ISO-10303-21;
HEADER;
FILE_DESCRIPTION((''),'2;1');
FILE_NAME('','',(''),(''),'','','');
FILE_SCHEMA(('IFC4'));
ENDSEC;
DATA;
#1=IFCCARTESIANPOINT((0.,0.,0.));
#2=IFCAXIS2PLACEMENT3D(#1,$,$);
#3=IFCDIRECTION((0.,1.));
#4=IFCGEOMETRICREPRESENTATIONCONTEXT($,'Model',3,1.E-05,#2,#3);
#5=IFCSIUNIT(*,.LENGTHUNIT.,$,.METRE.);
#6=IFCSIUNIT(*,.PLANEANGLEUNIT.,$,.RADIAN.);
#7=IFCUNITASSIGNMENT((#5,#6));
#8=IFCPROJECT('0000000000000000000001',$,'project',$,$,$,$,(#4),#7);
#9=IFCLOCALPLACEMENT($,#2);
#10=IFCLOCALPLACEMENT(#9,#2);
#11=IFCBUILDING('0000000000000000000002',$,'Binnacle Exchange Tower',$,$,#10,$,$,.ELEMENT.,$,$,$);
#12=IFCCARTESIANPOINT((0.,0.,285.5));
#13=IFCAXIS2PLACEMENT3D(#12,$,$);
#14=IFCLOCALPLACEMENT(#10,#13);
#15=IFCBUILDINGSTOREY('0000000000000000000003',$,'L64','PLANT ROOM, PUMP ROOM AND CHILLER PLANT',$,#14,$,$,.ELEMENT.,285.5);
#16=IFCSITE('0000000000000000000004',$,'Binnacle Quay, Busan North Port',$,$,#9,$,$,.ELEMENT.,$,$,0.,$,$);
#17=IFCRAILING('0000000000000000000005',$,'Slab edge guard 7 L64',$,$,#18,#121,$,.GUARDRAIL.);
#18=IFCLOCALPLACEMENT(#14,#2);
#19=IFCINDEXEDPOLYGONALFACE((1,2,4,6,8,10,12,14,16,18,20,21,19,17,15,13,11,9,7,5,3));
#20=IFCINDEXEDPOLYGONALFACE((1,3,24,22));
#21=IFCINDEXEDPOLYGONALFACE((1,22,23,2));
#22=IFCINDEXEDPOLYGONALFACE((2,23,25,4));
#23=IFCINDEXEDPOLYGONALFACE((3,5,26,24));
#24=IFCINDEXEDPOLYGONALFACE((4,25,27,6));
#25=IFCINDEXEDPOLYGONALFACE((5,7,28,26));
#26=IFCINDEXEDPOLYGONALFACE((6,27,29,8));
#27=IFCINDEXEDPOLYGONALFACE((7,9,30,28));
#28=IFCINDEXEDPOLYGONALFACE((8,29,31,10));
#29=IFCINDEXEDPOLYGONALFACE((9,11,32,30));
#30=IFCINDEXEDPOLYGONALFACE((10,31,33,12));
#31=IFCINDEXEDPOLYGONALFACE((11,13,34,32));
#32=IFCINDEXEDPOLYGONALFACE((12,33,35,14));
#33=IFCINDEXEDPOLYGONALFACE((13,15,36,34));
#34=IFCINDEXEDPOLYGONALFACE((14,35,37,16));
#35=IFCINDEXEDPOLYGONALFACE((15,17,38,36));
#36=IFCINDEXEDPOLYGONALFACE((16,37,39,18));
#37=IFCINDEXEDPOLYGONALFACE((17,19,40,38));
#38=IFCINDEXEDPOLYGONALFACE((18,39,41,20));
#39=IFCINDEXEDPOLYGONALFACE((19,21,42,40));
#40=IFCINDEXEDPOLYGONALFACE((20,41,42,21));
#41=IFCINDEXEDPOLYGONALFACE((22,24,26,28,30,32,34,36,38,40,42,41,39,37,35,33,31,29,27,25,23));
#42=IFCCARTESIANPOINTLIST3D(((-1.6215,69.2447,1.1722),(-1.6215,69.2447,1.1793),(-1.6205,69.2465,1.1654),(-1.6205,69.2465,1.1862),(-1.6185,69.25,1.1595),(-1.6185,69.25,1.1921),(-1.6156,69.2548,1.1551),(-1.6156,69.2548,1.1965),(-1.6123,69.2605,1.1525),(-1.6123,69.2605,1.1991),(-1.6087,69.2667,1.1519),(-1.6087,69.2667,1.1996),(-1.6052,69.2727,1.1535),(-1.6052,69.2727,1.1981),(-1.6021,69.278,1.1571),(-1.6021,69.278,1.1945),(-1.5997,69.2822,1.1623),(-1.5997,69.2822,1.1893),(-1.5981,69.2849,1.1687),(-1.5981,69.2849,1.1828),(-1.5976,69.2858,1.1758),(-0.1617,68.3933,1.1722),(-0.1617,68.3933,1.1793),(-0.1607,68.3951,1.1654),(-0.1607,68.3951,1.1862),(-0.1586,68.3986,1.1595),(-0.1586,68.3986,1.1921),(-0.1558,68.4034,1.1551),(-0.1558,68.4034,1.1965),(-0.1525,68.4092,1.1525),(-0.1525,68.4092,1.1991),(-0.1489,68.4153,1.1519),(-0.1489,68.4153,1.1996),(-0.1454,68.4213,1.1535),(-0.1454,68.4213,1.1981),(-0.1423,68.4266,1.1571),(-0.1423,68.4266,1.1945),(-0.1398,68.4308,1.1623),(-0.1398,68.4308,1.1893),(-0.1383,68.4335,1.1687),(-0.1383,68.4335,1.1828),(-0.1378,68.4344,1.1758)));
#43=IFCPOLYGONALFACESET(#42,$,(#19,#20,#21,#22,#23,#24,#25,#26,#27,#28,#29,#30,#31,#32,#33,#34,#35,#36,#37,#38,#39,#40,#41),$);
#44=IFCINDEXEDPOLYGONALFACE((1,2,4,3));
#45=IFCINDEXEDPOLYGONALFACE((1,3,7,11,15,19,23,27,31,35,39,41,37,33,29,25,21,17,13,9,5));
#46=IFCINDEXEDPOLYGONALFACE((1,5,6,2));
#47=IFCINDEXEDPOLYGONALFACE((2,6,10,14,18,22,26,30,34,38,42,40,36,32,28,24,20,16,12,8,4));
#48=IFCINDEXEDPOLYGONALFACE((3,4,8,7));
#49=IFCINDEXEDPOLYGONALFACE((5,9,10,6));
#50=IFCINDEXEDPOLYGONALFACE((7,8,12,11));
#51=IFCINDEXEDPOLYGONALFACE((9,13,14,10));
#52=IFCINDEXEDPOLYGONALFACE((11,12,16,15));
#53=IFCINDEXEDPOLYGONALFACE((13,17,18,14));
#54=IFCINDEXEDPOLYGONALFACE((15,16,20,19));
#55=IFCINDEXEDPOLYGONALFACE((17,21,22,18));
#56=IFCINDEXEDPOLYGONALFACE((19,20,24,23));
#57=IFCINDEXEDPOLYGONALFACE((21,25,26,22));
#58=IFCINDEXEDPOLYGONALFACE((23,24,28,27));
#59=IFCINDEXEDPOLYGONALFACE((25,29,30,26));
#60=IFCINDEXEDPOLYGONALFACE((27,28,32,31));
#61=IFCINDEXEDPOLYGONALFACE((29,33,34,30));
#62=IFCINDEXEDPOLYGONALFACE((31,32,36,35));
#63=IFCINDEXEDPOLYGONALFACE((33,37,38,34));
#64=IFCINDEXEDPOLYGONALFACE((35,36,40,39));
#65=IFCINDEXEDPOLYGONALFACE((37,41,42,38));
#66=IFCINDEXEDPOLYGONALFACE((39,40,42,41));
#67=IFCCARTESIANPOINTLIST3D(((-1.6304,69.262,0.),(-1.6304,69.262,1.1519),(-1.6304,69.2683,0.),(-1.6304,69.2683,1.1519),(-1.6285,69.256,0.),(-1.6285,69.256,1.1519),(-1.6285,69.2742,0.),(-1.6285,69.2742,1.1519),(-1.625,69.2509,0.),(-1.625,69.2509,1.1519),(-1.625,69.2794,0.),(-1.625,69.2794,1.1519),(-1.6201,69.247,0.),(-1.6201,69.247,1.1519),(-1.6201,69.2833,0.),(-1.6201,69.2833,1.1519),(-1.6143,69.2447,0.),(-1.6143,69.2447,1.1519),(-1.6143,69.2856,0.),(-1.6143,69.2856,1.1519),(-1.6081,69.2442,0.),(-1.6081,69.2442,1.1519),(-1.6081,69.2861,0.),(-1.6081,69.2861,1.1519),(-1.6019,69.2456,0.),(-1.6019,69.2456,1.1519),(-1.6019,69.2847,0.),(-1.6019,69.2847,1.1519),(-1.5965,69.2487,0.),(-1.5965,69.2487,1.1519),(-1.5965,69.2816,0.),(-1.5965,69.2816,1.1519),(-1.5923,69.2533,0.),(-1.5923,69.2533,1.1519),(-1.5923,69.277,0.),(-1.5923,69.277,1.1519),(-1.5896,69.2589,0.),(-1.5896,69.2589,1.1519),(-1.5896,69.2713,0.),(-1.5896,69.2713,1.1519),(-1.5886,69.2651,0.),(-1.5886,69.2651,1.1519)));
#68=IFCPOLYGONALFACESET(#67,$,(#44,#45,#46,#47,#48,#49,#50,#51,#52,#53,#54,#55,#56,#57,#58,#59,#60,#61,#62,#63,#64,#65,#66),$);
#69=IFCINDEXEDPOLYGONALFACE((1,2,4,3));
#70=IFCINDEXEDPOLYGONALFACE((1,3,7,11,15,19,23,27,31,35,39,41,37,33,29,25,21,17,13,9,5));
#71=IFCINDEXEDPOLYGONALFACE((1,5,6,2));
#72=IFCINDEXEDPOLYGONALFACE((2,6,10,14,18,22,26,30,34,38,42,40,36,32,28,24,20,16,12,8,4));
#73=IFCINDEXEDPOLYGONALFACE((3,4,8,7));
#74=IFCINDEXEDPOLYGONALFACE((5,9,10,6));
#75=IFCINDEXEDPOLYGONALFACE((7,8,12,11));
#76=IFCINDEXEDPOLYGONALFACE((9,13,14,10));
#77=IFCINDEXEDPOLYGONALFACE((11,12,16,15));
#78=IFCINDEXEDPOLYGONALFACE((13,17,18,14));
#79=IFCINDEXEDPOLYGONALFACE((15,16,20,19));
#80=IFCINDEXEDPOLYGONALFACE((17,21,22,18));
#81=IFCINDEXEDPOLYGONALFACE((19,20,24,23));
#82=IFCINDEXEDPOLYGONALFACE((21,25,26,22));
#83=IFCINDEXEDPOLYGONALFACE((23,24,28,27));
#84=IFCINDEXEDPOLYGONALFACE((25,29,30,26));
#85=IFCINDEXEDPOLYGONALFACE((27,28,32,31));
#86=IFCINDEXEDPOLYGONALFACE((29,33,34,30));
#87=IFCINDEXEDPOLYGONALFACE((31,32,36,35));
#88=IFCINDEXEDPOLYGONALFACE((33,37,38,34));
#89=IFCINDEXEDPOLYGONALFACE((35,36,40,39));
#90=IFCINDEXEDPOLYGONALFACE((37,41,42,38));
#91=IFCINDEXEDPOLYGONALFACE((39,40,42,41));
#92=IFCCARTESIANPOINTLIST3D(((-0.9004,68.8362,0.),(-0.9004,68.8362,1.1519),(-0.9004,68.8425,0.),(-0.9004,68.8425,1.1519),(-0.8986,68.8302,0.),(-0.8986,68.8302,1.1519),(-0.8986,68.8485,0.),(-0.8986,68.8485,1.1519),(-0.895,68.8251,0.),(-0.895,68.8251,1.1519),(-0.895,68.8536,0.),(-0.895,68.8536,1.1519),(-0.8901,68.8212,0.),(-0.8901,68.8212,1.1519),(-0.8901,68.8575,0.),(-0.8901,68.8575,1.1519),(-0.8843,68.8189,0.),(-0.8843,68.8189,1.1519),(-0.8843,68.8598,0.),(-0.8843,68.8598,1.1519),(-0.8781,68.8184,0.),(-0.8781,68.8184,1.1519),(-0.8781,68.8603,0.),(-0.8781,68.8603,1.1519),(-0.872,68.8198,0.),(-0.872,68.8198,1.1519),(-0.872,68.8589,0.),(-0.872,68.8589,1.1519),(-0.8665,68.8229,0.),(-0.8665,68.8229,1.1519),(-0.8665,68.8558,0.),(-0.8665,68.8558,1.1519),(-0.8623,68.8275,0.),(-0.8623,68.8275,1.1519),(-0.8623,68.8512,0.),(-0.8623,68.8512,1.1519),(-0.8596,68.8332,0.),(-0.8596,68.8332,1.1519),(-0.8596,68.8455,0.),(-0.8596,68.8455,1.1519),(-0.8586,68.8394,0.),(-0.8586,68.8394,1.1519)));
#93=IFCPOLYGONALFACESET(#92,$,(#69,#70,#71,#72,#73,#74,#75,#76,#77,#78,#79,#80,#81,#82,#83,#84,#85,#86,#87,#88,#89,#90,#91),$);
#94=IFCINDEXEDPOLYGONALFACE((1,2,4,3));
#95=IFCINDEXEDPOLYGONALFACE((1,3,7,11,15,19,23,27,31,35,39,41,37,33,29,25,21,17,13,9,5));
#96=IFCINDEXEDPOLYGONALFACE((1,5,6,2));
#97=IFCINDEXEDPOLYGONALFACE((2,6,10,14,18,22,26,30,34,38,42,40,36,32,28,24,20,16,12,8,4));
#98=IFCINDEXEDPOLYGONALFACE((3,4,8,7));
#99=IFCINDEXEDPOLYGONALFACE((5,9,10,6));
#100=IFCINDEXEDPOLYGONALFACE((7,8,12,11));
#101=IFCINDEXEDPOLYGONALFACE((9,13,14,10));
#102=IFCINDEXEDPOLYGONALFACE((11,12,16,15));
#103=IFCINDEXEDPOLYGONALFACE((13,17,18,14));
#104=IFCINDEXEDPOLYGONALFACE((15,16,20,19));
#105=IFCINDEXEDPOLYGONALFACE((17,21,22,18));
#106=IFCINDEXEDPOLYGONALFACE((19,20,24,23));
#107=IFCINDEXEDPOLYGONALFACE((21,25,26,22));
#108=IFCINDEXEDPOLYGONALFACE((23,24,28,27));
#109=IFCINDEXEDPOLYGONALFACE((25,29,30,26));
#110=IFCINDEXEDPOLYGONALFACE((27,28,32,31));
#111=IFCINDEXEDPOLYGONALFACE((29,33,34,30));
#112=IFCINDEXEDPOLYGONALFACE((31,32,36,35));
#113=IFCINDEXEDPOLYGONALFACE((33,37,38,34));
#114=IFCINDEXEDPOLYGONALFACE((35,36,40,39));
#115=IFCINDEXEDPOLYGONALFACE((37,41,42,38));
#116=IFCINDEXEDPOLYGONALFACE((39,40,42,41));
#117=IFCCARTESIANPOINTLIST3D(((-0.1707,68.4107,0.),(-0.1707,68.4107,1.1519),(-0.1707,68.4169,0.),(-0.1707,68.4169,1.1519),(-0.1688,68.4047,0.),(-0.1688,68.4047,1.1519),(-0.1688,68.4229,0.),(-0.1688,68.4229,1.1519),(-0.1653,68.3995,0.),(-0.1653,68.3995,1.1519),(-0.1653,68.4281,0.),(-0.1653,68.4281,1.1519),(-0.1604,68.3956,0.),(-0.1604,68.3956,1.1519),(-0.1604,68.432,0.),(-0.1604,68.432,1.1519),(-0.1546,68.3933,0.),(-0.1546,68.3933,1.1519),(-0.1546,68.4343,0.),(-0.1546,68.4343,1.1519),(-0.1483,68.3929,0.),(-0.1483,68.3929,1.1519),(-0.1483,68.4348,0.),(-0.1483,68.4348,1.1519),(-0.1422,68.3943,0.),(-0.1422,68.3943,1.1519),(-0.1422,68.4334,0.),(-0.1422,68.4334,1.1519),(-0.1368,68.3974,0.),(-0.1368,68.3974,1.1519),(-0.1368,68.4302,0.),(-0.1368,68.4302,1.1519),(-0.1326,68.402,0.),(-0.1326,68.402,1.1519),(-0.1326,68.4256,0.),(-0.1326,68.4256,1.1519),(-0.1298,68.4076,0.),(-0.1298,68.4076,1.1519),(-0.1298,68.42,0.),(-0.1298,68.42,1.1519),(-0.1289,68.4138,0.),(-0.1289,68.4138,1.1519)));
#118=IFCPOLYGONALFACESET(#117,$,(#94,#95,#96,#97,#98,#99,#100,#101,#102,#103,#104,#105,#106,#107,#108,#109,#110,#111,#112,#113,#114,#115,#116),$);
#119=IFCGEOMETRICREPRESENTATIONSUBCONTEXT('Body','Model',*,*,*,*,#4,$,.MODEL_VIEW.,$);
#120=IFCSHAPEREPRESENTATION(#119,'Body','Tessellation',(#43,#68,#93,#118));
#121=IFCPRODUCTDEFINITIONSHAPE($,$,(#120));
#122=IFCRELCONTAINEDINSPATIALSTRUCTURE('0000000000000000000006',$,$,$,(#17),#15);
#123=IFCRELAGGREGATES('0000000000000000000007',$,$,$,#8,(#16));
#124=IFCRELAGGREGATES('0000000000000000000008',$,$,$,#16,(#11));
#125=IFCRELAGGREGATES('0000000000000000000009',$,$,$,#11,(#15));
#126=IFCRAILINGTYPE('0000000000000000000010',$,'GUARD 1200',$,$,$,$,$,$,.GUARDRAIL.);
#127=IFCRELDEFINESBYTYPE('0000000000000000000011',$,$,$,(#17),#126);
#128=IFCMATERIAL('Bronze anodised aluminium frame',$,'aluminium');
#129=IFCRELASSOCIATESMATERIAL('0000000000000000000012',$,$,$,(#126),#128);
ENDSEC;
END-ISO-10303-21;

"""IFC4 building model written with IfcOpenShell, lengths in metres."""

from ifc_helpers import new_model, si_unit, direction, frame, origin, origin_2d, place, context, subcontext, project, spatial, circle, extrude, material, type_object, element, save


model = new_model("IFC4")

# Units and contexts
model_context = context("Model", 3, precision=1e-05, world=origin(), true_north=direction((0.0, 1.0)))
body_context = subcontext(model_context, "Body", "Model", "MODEL_VIEW")
ifc_project = project(units=[si_unit("LENGTHUNIT", "METRE"), si_unit("PLANEANGLEUNIT", "RADIAN")], contexts=[model_context])

# Site, building, storey
site_placement = place(None, origin())
site = spatial("IfcSite", under=ifc_project, at=site_placement, Name="Binnacle Quay, Busan North Port", CompositionType="ELEMENT", RefElevation=0.0)
building_placement = place(site_placement, origin())
building = spatial("IfcBuilding", under=site, at=building_placement, Name="Binnacle Exchange Tower", CompositionType="ELEMENT")
storey_placement = place(building_placement, frame((0.0, 0.0, 285.5)))
storey = spatial("IfcBuildingStorey", under=building, at=storey_placement, Name="L64", Description="PLANT ROOM, PUMP ROOM AND CHILLER PLANT", CompositionType="ELEMENT", Elevation=285.5)

# Railing
ifc_material_1 = material(Name="Bronze anodised aluminium frame", Category="aluminium")
railing_type = type_object("IfcRailingType", Name="GUARD 1200", PredefinedType="GUARDRAIL", material=ifc_material_1)
railing_1_placement = place(storey_placement, frame((-1.6096, 69.2651, 0.0)))
element("IfcRailing", 1, at=railing_1_placement, inside=storey, type_object=railing_type, Name="Slab edge guard 7 L64", PredefinedType="GUARDRAIL", context=body_context, shape_type="SweptSolid", body=[
    extrude(circle(Radius=0.0239, at=origin_2d()), frame((0.0, 0.0, 1.1758), z_axis=(0.863826, -0.50379, 0.0), x_axis=(0.50379, 0.863826, 0.0)), (0.0, 0.0, 1.0), 1.6899),
    extrude(circle(Radius=0.021, at=origin_2d()), origin(), (0.0, 0.0, 1.0), 1.1519),
    extrude(circle(Radius=0.021, at=origin_2d()), frame((0.73, -0.4258, 0.0)), (0.0, 0.0, 1.0), 1.1519),
    extrude(circle(Radius=0.021, at=origin_2d()), frame((1.4597, -0.8513, 0.0)), (0.0, 0.0, 1.0), 1.1519),
])

save(model, "model.ifc")
